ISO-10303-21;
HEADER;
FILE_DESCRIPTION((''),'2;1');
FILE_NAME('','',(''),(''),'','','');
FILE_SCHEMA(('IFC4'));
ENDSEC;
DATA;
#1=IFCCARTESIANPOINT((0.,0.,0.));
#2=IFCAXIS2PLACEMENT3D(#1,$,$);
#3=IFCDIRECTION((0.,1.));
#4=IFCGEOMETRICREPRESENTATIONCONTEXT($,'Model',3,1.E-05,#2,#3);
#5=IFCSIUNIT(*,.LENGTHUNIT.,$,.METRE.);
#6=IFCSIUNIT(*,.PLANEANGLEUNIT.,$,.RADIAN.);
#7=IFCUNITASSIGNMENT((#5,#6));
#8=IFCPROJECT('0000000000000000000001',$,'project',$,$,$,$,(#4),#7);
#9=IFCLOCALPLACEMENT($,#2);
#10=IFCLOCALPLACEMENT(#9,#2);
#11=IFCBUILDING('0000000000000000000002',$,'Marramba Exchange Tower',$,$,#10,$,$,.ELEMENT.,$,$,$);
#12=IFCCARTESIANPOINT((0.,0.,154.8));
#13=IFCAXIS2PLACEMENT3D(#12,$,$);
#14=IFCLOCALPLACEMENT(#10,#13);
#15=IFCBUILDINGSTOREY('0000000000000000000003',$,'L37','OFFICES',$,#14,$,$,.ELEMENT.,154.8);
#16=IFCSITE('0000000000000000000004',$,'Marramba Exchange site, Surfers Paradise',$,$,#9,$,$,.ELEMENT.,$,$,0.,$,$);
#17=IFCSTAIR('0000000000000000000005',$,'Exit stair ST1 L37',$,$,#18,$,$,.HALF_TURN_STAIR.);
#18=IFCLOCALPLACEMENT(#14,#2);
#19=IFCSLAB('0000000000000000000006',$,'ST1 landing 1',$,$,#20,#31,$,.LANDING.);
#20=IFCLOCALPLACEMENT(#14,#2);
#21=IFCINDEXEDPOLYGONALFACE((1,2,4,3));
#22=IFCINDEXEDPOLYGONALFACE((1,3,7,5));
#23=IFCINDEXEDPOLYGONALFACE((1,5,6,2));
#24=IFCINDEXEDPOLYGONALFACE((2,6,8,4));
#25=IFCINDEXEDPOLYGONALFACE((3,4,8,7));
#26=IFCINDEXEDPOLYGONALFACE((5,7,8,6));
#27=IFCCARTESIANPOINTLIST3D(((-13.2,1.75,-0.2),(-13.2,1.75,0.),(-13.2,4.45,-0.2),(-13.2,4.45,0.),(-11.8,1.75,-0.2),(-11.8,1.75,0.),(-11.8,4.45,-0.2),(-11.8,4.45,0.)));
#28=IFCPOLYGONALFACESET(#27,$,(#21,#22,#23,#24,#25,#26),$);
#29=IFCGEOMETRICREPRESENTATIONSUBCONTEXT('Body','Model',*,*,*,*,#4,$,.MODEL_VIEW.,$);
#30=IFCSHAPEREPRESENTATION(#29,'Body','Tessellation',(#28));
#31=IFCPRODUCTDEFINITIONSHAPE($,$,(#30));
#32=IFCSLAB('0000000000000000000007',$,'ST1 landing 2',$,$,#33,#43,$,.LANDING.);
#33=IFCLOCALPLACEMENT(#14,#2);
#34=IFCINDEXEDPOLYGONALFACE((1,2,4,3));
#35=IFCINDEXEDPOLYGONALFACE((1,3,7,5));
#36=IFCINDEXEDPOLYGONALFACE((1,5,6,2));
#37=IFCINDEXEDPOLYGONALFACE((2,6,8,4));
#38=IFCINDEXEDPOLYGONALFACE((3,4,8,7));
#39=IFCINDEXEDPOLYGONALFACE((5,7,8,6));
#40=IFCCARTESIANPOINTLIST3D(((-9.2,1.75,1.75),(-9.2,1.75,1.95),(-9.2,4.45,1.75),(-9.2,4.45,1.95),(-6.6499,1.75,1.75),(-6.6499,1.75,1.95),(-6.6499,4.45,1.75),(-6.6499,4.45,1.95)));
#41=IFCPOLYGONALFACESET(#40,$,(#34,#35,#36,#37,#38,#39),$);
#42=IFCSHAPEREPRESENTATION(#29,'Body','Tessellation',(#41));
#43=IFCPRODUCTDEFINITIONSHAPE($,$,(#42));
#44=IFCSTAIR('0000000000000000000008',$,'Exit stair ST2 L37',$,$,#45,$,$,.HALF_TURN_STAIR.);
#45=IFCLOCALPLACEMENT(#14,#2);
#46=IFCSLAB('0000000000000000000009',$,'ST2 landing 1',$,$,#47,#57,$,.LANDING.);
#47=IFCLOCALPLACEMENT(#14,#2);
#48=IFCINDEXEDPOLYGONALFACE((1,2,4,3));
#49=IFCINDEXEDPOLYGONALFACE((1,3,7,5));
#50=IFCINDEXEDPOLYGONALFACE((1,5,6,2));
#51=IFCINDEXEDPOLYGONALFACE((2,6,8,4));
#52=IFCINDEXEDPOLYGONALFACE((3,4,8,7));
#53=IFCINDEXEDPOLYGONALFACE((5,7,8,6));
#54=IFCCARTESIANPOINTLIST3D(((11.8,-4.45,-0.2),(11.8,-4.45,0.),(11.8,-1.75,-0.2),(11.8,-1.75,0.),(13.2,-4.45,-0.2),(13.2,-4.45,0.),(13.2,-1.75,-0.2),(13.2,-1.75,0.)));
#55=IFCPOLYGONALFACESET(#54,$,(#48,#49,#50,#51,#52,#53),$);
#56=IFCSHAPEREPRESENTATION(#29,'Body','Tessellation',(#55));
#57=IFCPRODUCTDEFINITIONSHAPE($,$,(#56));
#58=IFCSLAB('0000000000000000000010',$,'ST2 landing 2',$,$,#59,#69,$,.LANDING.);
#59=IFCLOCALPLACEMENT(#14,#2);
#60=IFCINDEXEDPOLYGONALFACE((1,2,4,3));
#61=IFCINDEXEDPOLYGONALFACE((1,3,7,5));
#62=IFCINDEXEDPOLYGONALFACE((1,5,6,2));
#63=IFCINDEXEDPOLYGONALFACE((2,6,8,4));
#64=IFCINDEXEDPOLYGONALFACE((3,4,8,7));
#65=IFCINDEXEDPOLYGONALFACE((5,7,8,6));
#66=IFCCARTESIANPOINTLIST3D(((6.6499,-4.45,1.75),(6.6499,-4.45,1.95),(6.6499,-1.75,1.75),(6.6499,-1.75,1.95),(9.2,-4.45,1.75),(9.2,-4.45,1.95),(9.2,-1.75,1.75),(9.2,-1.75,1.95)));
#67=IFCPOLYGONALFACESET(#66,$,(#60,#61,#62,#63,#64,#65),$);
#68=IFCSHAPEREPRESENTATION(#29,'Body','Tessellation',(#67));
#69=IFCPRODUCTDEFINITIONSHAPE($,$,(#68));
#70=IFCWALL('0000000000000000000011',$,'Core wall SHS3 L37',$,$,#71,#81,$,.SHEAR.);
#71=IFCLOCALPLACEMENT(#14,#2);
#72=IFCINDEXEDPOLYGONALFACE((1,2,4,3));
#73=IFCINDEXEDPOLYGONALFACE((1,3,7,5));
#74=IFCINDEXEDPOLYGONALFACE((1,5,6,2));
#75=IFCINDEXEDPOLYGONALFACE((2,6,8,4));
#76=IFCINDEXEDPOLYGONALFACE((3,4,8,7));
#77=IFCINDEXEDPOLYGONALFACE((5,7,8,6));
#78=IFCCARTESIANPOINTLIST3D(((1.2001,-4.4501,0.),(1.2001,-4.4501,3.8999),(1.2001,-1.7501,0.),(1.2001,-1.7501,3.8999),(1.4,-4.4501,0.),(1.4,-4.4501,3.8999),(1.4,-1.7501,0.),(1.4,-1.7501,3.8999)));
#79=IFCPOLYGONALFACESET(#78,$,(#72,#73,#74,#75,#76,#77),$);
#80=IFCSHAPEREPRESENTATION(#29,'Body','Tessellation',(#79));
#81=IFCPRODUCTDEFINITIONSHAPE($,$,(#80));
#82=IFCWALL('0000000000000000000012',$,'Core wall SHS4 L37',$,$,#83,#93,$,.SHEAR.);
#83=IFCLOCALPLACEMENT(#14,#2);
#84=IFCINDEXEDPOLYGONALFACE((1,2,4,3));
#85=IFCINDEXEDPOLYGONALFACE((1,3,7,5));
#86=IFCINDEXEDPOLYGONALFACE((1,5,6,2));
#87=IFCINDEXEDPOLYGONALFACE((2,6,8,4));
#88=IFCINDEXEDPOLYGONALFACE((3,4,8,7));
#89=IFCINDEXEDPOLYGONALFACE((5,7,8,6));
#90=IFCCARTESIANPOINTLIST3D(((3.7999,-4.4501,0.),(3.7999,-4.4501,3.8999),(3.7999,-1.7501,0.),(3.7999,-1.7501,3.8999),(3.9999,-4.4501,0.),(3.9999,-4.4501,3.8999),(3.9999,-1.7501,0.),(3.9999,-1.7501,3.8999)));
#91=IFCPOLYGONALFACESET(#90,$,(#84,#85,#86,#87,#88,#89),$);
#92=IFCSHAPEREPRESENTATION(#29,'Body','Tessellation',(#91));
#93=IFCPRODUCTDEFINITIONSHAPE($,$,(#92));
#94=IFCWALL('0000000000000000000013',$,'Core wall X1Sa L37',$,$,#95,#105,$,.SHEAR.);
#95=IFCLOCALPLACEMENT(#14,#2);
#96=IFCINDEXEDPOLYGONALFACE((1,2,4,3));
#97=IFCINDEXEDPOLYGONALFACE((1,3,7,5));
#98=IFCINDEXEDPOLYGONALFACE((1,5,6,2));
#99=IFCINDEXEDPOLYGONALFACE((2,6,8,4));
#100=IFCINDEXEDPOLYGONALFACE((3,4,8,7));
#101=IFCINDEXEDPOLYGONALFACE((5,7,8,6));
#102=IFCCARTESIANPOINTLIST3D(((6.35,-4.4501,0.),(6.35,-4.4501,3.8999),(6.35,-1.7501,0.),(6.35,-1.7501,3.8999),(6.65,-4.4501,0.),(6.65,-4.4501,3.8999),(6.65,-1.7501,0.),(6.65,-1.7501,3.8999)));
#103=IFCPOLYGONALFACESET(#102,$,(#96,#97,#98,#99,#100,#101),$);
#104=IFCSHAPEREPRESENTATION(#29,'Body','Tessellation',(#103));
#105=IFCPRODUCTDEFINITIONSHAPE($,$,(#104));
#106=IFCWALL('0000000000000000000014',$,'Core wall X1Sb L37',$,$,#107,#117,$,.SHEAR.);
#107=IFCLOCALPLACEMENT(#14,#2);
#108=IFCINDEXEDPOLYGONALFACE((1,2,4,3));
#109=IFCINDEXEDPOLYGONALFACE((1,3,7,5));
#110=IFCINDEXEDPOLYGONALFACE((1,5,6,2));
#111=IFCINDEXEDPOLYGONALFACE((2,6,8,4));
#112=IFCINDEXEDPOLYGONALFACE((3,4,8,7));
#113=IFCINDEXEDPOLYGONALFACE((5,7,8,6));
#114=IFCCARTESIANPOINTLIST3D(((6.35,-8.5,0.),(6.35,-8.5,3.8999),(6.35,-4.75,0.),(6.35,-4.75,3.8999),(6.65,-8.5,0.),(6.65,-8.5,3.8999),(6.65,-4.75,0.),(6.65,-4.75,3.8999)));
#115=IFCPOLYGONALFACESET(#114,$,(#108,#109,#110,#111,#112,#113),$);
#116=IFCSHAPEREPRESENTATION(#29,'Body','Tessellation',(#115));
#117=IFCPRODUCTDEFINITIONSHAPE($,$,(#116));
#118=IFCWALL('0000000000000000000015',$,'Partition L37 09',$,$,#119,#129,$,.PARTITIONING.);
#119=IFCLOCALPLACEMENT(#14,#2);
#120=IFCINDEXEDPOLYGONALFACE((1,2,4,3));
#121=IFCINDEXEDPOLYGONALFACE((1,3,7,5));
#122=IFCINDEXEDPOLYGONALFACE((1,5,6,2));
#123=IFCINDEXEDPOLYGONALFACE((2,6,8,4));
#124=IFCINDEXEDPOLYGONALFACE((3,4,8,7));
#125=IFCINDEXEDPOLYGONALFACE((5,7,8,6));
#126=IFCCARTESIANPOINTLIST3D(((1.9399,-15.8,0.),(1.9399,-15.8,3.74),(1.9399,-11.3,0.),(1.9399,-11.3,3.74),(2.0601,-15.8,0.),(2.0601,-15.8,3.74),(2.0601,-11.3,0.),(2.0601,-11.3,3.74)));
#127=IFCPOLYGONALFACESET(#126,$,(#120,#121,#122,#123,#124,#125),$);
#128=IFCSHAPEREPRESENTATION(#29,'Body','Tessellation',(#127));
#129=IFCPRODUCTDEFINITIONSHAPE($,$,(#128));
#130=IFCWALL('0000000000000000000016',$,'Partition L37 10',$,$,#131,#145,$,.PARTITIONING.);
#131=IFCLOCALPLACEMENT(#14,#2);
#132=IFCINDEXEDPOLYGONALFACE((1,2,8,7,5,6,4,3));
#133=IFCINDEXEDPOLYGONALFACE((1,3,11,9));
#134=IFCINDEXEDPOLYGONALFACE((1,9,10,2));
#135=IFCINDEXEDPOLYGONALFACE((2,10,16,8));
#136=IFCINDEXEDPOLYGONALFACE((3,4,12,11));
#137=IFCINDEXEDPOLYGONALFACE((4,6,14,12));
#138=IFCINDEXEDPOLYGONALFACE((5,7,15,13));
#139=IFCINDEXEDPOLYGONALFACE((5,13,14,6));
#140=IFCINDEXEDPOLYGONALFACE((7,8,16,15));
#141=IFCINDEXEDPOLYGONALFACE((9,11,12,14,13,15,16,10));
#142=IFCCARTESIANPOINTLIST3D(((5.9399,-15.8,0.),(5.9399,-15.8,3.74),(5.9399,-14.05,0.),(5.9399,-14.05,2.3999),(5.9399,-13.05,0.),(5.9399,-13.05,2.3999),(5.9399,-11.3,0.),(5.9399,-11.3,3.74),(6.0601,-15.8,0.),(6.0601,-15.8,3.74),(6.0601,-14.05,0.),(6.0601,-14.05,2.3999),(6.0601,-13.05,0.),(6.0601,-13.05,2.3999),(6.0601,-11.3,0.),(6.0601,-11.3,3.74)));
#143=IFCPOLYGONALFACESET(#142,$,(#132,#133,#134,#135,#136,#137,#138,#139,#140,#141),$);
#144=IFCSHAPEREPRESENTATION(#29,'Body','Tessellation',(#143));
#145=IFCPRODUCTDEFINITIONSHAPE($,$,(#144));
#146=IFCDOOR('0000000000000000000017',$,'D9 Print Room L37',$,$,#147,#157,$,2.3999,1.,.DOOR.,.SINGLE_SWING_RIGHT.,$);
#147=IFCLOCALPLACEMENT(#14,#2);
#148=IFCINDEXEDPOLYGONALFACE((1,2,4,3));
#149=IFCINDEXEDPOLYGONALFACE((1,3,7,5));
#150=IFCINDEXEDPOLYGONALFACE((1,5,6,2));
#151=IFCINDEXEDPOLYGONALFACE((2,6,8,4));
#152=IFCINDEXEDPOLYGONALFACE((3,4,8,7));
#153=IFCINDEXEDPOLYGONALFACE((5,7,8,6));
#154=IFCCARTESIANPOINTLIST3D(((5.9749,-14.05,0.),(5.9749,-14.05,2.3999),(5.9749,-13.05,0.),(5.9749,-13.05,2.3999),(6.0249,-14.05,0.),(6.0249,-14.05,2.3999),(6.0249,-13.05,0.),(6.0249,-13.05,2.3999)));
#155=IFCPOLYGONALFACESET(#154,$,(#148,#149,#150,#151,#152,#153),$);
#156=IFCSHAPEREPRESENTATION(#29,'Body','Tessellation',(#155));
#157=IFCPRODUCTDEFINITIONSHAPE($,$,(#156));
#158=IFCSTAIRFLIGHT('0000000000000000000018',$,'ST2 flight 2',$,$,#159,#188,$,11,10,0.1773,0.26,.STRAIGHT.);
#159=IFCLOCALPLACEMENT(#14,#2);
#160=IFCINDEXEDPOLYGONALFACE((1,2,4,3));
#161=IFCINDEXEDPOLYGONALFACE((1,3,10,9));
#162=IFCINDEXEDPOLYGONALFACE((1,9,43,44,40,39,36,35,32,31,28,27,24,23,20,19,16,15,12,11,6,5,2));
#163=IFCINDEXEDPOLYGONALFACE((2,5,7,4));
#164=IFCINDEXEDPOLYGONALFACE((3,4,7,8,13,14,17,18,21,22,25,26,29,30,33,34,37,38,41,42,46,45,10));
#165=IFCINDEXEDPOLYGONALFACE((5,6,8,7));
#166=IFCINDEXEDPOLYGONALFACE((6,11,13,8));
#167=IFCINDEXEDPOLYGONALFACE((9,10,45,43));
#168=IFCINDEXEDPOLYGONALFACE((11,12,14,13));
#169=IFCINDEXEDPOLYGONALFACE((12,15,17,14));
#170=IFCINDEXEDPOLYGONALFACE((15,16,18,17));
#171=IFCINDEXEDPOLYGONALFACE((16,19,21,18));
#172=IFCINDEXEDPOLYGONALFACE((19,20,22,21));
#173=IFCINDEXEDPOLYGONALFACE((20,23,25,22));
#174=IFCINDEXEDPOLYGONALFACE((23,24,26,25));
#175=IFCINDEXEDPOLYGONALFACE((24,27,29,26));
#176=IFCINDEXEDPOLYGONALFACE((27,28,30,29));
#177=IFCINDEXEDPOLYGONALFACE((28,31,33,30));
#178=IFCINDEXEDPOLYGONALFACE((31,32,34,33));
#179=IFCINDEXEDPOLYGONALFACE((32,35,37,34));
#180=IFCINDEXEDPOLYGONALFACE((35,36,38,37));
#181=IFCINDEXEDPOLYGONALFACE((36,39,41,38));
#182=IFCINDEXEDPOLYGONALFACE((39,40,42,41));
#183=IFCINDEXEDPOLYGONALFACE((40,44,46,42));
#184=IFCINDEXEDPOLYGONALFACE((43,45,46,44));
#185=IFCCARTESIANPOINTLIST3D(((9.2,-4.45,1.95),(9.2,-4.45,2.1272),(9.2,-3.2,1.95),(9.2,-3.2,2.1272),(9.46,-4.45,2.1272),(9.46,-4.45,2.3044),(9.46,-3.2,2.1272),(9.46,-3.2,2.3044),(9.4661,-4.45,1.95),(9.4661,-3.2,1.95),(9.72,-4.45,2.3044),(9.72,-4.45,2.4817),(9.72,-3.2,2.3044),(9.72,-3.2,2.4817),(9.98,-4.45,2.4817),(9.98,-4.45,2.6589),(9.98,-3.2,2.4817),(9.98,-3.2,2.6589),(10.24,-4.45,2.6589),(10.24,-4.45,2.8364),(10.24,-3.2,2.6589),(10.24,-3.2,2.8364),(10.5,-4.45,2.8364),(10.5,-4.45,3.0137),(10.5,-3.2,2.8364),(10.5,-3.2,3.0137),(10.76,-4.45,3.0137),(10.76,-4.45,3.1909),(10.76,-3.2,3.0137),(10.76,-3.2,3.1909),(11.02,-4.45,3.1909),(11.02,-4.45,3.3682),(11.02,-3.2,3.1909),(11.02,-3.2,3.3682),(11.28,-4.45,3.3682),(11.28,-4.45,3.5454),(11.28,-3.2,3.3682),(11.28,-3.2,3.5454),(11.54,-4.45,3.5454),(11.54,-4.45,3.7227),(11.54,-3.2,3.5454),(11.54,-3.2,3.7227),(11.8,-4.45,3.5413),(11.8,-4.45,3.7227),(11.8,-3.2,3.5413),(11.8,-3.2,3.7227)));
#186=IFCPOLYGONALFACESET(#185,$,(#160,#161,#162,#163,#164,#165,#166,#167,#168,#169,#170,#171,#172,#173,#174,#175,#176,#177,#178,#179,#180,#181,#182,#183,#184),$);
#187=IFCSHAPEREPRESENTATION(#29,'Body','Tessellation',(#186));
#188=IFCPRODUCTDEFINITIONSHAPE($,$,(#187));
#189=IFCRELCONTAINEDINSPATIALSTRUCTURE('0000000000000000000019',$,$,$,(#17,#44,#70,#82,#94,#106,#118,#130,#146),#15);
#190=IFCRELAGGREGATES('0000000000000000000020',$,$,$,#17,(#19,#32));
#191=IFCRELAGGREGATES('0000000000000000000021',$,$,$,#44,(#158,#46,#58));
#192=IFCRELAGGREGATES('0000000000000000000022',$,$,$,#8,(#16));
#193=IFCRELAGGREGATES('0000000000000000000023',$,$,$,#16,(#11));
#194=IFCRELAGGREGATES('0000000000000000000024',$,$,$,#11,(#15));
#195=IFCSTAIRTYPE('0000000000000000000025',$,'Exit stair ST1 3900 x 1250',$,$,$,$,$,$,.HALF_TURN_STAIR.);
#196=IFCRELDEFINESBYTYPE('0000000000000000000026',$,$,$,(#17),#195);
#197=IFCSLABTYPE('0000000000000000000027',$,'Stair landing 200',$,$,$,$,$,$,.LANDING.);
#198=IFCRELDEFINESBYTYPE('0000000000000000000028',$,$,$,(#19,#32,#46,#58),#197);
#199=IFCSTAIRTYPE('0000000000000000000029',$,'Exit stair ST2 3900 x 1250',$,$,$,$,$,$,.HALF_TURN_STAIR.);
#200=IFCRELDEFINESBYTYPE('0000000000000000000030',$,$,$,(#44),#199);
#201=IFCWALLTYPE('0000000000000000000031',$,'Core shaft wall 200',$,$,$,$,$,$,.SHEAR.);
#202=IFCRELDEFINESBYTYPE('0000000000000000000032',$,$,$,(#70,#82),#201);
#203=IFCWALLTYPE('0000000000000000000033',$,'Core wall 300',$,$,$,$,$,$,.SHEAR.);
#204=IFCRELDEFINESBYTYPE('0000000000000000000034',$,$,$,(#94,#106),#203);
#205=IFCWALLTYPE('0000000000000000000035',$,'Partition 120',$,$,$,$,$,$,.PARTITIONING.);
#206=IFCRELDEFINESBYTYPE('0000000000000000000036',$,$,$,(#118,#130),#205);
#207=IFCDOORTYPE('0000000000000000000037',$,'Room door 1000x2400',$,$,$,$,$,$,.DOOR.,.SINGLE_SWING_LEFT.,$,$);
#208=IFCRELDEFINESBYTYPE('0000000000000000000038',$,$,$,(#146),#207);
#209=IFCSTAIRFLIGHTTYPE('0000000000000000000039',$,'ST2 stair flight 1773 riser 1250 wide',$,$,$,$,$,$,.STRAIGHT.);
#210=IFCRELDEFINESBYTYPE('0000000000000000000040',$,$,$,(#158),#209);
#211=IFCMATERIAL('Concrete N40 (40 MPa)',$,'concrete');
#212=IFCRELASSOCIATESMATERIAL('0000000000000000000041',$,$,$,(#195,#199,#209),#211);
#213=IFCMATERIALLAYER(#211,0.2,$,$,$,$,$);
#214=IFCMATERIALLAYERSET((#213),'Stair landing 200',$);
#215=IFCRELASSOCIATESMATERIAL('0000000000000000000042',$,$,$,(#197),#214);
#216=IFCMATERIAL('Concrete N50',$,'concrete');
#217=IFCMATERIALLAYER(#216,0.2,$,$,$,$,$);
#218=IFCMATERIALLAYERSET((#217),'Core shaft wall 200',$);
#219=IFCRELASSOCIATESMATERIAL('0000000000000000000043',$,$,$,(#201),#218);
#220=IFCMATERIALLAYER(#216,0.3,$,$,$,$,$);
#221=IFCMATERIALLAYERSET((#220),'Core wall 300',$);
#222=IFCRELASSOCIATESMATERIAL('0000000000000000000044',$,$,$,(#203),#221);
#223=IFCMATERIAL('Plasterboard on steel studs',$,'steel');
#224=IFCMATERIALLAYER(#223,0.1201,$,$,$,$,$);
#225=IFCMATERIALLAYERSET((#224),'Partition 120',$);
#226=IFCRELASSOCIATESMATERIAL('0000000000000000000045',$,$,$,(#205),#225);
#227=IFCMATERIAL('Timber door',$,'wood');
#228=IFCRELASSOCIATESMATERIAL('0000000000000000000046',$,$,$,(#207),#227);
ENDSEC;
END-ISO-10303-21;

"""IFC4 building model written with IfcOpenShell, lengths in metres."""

from ifc_helpers import new_model, si_unit, direction, frame, frame_2d, origin, place, context, subcontext, project, spatial, polyline, rectangle, outline, extrude, material, layer, layer_set, type_object, element, fill, aggregate, save


model = new_model("IFC4")

# Units and contexts
model_context = context("Model", 3, precision=1e-05, world=origin(), true_north=direction((0.0, 1.0)))
body_context = subcontext(model_context, "Body", "Model", "MODEL_VIEW")
ifc_project = project(units=[si_unit("LENGTHUNIT", "METRE"), si_unit("PLANEANGLEUNIT", "RADIAN")], contexts=[model_context])

# Site, building, storey
site_placement = place(None, origin())
site = spatial("IfcSite", under=ifc_project, at=site_placement, Name="Marramba Exchange site, Surfers Paradise", CompositionType="ELEMENT", RefElevation=0.0)
building_placement = place(site_placement, origin())
building = spatial("IfcBuilding", under=site, at=building_placement, Name="Marramba Exchange Tower", CompositionType="ELEMENT")
storey_placement = place(building_placement, frame((0.0, 0.0, 154.8)))
storey = spatial("IfcBuildingStorey", under=building, at=storey_placement, Name="L37", Description="OFFICES", CompositionType="ELEMENT", Elevation=154.8)

# Stairs, slabs
ifc_material_1 = material(Name="Concrete N40 (40 MPa)", Category="concrete")
stair_type_1 = type_object("IfcStairType", Name="Exit stair ST1 3900 x 1250", PredefinedType="HALF_TURN_STAIR", material=ifc_material_1)
stair_1_placement = place(storey_placement, origin())
stair_1 = element("IfcStair", 1, at=stair_1_placement, inside=storey, type_object=stair_type_1, Name="Exit stair ST1 L37", PredefinedType="HALF_TURN_STAIR")
ifc_layer_1 = layer(ifc_material_1, 0.2)
ifc_layer_set_1 = layer_set([ifc_layer_1], Name="Stair landing 200")
slab_type = type_object("IfcSlabType", Name="Stair landing 200", PredefinedType="LANDING", material=ifc_layer_set_1)
slab_1_placement = place(storey_placement, frame((0.0, 0.0, -0.2)))
slab_1 = element("IfcSlab", 2, at=slab_1_placement, type_object=slab_type, Name="ST1 landing 1", PredefinedType="LANDING", context=body_context, shape_type="SweptSolid", body=[
    extrude(outline(polyline([(-13.2, 1.75), (-11.8, 1.75), (-11.8, 4.45), (-13.2, 4.45), (-13.2, 1.75)])), origin(), (0.0, 0.0, 1.0), 0.2),
])
slab_2_placement = place(storey_placement, frame((0.0, 0.0, 1.75)))
slab_2 = element("IfcSlab", 3, at=slab_2_placement, type_object=slab_type, Name="ST1 landing 2", PredefinedType="LANDING", context=body_context, shape_type="SweptSolid", body=[
    extrude(outline(polyline([(-9.2, 1.75), (-6.6499, 1.75), (-6.6499, 4.45), (-9.2, 4.45), (-9.2, 1.75)])), origin(), (0.0, 0.0, 1.0), 0.2),
])
aggregate(stair_1, [slab_1, slab_2])
stair_type_2 = type_object("IfcStairType", Name="Exit stair ST2 3900 x 1250", PredefinedType="HALF_TURN_STAIR", material=ifc_material_1)
stair_2_placement = place(storey_placement, origin())
stair_2 = element("IfcStair", 4, at=stair_2_placement, inside=storey, type_object=stair_type_2, Name="Exit stair ST2 L37", PredefinedType="HALF_TURN_STAIR")
slab_3_placement = place(storey_placement, frame((0.0, 0.0, -0.2)))
slab_3 = element("IfcSlab", 5, at=slab_3_placement, type_object=slab_type, Name="ST2 landing 1", PredefinedType="LANDING", context=body_context, shape_type="SweptSolid", body=[
    extrude(outline(polyline([(11.8, -4.45), (13.2, -4.45), (13.2, -1.75), (11.8, -1.75), (11.8, -4.45)])), origin(), (0.0, 0.0, 1.0), 0.2),
])
slab_4_placement = place(storey_placement, frame((0.0, 0.0, 1.75)))
slab_4 = element("IfcSlab", 6, at=slab_4_placement, type_object=slab_type, Name="ST2 landing 2", PredefinedType="LANDING", context=body_context, shape_type="SweptSolid", body=[
    extrude(outline(polyline([(6.6499, -4.45), (9.2, -4.45), (9.2, -1.75), (6.6499, -1.75), (6.6499, -4.45)])), origin(), (0.0, 0.0, 1.0), 0.2),
])

# Walls
ifc_material_2 = material(Name="Concrete N50", Category="concrete")
ifc_layer_2 = layer(ifc_material_2, 0.2)
ifc_layer_set_2 = layer_set([ifc_layer_2], Name="Core shaft wall 200")
wall_type_1 = type_object("IfcWallType", Name="Core shaft wall 200", PredefinedType="SHEAR", material=ifc_layer_set_2)
for number, where, z_axis, x_axis, name in (
    (7, (1.3, -1.75, 0.0), (0.0, 0.0, 1.0), (0.0, -1.0, 0.0), "Core wall SHS3 L37"),
    (8, (3.8999, -1.75, 0.0), (0.0, 0.0, 1.0), (0.0, -1.0, 0.0), "Core wall SHS4 L37"),
):
    element("IfcWall", number, at=place(storey_placement, frame(where, z_axis=z_axis, x_axis=x_axis)), inside=storey, type_object=wall_type_1, Name=name, PredefinedType="SHEAR", context=body_context, shape_type="SweptSolid", body=[
        extrude(rectangle(XDim=2.7, YDim=0.2, at=frame_2d((1.3501, 0.0))), origin(), (0.0, 0.0, 1.0), 3.8999),
    ])
ifc_layer_3 = layer(ifc_material_2, 0.3)
ifc_layer_set_3 = layer_set([ifc_layer_3], Name="Core wall 300")
wall_type_2 = type_object("IfcWallType", Name="Core wall 300", PredefinedType="SHEAR", material=ifc_layer_set_3)
wall_1_placement = place(storey_placement, frame((6.5, -1.75, 0.0), z_axis=(0.0, 0.0, 1.0), x_axis=(0.0, -1.0, 0.0)))
element("IfcWall", 9, at=wall_1_placement, inside=storey, type_object=wall_type_2, Name="Core wall X1Sa L37", PredefinedType="SHEAR", context=body_context, shape_type="SweptSolid", body=[
    extrude(rectangle(XDim=2.7, YDim=0.3, at=frame_2d((1.3501, 0.0))), origin(), (0.0, 0.0, 1.0), 3.8999),
])
wall_2_placement = place(storey_placement, frame((6.5, -4.75, 0.0), z_axis=(0.0, 0.0, 1.0), x_axis=(0.0, -1.0, 0.0)))
element("IfcWall", 10, at=wall_2_placement, inside=storey, type_object=wall_type_2, Name="Core wall X1Sb L37", PredefinedType="SHEAR", context=body_context, shape_type="SweptSolid", body=[
    extrude(rectangle(XDim=3.75, YDim=0.3, at=frame_2d((1.875, 0.0))), origin(), (0.0, 0.0, 1.0), 3.8999),
])
ifc_material_3 = material(Name="Plasterboard on steel studs", Category="steel")
ifc_layer_4 = layer(ifc_material_3, 0.1201)
ifc_layer_set_4 = layer_set([ifc_layer_4], Name="Partition 120")
wall_type_3 = type_object("IfcWallType", Name="Partition 120", PredefinedType="PARTITIONING", material=ifc_layer_set_4)
wall_3_placement = place(storey_placement, frame((2.0, -11.3, 0.0), z_axis=(0.0, 0.0, 1.0), x_axis=(0.0, -1.0, 0.0)))
element("IfcWall", 11, at=wall_3_placement, inside=storey, type_object=wall_type_3, Name="Partition L37 09", PredefinedType="PARTITIONING", context=body_context, shape_type="SweptSolid", body=[
    extrude(rectangle(XDim=4.5, YDim=0.1201, at=frame_2d((2.25, 0.0))), origin(), (0.0, 0.0, 1.0), 3.74),
])

# Wall, opening, door
wall_4_placement = place(storey_placement, frame((6.0, -11.3, 0.0), z_axis=(0.0, 0.0, 1.0), x_axis=(0.0, -1.0, 0.0)))
wall_4 = element("IfcWall", 12, at=wall_4_placement, inside=storey, type_object=wall_type_3, Name="Partition L37 10", PredefinedType="PARTITIONING", context=body_context, shape_type="SweptSolid", body=[
    extrude(rectangle(XDim=4.5, YDim=0.1201, at=frame_2d((2.25, 0.0))), origin(), (0.0, 0.0, 1.0), 3.74),
])
opening_1_placement = place(wall_4_placement, frame((1.75, 0.0, 0.0)))
opening_1 = element("IfcOpeningElement", 13, at=opening_1_placement, cuts=wall_4, PredefinedType="OPENING", context=body_context, shape_type="SweptSolid", body=[
    extrude(rectangle(XDim=1.0, YDim=2.3999, at=frame_2d((0.5, 1.2))), frame((0.0, 0.0701, 0.0), z_axis=(0.0, -1.0, 0.0), x_axis=(1.0, 0.0, 0.0)), (0.0, 0.0, 1.0), 0.1401),
])
ifc_material_4 = material(Name="Timber door", Category="wood")
door_type = type_object("IfcDoorType", Name="Room door 1000x2400", OperationType="SINGLE_SWING_LEFT", PredefinedType="DOOR", material=ifc_material_4)
door_1_placement = place(opening_1_placement, frame((1.0, 0.0, 0.0), z_axis=(0.0, 0.0, 1.0), x_axis=(-1.0, 0.0, 0.0)))
door_1 = element("IfcDoor", 14, at=door_1_placement, inside=storey, type_object=door_type, Name="D9 Print Room L37", OperationType="SINGLE_SWING_RIGHT", OverallHeight=2.3999, OverallWidth=1.0, PredefinedType="DOOR", context=body_context, shape_type="SweptSolid", body=[
    extrude(rectangle(XDim=1.0, YDim=2.3999, at=frame_2d((0.5, 1.2))), frame((0.0, 0.0251, 0.0), z_axis=(0.0, -1.0, 0.0), x_axis=(1.0, 0.0, 0.0)), (0.0, 0.0, 1.0), 0.05),
])
fill(opening_1, door_1)

# Stair flight
stair_flight_type = type_object("IfcStairFlightType", Name="ST2 stair flight 1773 riser 1250 wide", PredefinedType="STRAIGHT", material=ifc_material_1)
stair_flight_placement = place(storey_placement, frame((9.2, -3.825, 1.95), z_axis=(0.0, 0.0, 1.0), x_axis=(1.0, 0.0, 0.0)))
stair_flight = element("IfcStairFlight", 15, at=stair_flight_placement, type_object=stair_flight_type, Name="ST2 flight 2", NumberOfRisers=11, NumberOfTreads=10, PredefinedType="STRAIGHT", RiserHeight=0.1773, TreadLength=0.26, context=body_context, shape_type="SweptSolid", body=[
    extrude(outline(polyline([(0.0, 0.0), (0.0, 0.1772), (0.26, 0.1772), (0.26, 0.3545), (0.52, 0.3545), (0.52, 0.5317), (0.78, 0.5317), (0.78, 0.709), (1.04, 0.709), (1.04, 0.8865), (1.3, 0.8865), (1.3, 1.0637), (1.5601, 1.0637), (1.5601, 1.241), (1.8201, 1.241), (1.8201, 1.4182), (2.0801, 1.4182), (2.0801, 1.5955), (2.3401, 1.5955), (2.3401, 1.7727), (2.6001, 1.7727), (2.6001, 1.95), (2.6001, 1.5913), (0.2661, 0.0), (0.0, 0.0)])), frame((0.0, 0.625, 0.0), z_axis=(0.0, -1.0, 0.0), x_axis=(1.0, 0.0, 0.0)), (0.0, 0.0, 1.0), 1.25),
])
aggregate(stair_2, [stair_flight, slab_3, slab_4])

save(model, "model.ifc")
